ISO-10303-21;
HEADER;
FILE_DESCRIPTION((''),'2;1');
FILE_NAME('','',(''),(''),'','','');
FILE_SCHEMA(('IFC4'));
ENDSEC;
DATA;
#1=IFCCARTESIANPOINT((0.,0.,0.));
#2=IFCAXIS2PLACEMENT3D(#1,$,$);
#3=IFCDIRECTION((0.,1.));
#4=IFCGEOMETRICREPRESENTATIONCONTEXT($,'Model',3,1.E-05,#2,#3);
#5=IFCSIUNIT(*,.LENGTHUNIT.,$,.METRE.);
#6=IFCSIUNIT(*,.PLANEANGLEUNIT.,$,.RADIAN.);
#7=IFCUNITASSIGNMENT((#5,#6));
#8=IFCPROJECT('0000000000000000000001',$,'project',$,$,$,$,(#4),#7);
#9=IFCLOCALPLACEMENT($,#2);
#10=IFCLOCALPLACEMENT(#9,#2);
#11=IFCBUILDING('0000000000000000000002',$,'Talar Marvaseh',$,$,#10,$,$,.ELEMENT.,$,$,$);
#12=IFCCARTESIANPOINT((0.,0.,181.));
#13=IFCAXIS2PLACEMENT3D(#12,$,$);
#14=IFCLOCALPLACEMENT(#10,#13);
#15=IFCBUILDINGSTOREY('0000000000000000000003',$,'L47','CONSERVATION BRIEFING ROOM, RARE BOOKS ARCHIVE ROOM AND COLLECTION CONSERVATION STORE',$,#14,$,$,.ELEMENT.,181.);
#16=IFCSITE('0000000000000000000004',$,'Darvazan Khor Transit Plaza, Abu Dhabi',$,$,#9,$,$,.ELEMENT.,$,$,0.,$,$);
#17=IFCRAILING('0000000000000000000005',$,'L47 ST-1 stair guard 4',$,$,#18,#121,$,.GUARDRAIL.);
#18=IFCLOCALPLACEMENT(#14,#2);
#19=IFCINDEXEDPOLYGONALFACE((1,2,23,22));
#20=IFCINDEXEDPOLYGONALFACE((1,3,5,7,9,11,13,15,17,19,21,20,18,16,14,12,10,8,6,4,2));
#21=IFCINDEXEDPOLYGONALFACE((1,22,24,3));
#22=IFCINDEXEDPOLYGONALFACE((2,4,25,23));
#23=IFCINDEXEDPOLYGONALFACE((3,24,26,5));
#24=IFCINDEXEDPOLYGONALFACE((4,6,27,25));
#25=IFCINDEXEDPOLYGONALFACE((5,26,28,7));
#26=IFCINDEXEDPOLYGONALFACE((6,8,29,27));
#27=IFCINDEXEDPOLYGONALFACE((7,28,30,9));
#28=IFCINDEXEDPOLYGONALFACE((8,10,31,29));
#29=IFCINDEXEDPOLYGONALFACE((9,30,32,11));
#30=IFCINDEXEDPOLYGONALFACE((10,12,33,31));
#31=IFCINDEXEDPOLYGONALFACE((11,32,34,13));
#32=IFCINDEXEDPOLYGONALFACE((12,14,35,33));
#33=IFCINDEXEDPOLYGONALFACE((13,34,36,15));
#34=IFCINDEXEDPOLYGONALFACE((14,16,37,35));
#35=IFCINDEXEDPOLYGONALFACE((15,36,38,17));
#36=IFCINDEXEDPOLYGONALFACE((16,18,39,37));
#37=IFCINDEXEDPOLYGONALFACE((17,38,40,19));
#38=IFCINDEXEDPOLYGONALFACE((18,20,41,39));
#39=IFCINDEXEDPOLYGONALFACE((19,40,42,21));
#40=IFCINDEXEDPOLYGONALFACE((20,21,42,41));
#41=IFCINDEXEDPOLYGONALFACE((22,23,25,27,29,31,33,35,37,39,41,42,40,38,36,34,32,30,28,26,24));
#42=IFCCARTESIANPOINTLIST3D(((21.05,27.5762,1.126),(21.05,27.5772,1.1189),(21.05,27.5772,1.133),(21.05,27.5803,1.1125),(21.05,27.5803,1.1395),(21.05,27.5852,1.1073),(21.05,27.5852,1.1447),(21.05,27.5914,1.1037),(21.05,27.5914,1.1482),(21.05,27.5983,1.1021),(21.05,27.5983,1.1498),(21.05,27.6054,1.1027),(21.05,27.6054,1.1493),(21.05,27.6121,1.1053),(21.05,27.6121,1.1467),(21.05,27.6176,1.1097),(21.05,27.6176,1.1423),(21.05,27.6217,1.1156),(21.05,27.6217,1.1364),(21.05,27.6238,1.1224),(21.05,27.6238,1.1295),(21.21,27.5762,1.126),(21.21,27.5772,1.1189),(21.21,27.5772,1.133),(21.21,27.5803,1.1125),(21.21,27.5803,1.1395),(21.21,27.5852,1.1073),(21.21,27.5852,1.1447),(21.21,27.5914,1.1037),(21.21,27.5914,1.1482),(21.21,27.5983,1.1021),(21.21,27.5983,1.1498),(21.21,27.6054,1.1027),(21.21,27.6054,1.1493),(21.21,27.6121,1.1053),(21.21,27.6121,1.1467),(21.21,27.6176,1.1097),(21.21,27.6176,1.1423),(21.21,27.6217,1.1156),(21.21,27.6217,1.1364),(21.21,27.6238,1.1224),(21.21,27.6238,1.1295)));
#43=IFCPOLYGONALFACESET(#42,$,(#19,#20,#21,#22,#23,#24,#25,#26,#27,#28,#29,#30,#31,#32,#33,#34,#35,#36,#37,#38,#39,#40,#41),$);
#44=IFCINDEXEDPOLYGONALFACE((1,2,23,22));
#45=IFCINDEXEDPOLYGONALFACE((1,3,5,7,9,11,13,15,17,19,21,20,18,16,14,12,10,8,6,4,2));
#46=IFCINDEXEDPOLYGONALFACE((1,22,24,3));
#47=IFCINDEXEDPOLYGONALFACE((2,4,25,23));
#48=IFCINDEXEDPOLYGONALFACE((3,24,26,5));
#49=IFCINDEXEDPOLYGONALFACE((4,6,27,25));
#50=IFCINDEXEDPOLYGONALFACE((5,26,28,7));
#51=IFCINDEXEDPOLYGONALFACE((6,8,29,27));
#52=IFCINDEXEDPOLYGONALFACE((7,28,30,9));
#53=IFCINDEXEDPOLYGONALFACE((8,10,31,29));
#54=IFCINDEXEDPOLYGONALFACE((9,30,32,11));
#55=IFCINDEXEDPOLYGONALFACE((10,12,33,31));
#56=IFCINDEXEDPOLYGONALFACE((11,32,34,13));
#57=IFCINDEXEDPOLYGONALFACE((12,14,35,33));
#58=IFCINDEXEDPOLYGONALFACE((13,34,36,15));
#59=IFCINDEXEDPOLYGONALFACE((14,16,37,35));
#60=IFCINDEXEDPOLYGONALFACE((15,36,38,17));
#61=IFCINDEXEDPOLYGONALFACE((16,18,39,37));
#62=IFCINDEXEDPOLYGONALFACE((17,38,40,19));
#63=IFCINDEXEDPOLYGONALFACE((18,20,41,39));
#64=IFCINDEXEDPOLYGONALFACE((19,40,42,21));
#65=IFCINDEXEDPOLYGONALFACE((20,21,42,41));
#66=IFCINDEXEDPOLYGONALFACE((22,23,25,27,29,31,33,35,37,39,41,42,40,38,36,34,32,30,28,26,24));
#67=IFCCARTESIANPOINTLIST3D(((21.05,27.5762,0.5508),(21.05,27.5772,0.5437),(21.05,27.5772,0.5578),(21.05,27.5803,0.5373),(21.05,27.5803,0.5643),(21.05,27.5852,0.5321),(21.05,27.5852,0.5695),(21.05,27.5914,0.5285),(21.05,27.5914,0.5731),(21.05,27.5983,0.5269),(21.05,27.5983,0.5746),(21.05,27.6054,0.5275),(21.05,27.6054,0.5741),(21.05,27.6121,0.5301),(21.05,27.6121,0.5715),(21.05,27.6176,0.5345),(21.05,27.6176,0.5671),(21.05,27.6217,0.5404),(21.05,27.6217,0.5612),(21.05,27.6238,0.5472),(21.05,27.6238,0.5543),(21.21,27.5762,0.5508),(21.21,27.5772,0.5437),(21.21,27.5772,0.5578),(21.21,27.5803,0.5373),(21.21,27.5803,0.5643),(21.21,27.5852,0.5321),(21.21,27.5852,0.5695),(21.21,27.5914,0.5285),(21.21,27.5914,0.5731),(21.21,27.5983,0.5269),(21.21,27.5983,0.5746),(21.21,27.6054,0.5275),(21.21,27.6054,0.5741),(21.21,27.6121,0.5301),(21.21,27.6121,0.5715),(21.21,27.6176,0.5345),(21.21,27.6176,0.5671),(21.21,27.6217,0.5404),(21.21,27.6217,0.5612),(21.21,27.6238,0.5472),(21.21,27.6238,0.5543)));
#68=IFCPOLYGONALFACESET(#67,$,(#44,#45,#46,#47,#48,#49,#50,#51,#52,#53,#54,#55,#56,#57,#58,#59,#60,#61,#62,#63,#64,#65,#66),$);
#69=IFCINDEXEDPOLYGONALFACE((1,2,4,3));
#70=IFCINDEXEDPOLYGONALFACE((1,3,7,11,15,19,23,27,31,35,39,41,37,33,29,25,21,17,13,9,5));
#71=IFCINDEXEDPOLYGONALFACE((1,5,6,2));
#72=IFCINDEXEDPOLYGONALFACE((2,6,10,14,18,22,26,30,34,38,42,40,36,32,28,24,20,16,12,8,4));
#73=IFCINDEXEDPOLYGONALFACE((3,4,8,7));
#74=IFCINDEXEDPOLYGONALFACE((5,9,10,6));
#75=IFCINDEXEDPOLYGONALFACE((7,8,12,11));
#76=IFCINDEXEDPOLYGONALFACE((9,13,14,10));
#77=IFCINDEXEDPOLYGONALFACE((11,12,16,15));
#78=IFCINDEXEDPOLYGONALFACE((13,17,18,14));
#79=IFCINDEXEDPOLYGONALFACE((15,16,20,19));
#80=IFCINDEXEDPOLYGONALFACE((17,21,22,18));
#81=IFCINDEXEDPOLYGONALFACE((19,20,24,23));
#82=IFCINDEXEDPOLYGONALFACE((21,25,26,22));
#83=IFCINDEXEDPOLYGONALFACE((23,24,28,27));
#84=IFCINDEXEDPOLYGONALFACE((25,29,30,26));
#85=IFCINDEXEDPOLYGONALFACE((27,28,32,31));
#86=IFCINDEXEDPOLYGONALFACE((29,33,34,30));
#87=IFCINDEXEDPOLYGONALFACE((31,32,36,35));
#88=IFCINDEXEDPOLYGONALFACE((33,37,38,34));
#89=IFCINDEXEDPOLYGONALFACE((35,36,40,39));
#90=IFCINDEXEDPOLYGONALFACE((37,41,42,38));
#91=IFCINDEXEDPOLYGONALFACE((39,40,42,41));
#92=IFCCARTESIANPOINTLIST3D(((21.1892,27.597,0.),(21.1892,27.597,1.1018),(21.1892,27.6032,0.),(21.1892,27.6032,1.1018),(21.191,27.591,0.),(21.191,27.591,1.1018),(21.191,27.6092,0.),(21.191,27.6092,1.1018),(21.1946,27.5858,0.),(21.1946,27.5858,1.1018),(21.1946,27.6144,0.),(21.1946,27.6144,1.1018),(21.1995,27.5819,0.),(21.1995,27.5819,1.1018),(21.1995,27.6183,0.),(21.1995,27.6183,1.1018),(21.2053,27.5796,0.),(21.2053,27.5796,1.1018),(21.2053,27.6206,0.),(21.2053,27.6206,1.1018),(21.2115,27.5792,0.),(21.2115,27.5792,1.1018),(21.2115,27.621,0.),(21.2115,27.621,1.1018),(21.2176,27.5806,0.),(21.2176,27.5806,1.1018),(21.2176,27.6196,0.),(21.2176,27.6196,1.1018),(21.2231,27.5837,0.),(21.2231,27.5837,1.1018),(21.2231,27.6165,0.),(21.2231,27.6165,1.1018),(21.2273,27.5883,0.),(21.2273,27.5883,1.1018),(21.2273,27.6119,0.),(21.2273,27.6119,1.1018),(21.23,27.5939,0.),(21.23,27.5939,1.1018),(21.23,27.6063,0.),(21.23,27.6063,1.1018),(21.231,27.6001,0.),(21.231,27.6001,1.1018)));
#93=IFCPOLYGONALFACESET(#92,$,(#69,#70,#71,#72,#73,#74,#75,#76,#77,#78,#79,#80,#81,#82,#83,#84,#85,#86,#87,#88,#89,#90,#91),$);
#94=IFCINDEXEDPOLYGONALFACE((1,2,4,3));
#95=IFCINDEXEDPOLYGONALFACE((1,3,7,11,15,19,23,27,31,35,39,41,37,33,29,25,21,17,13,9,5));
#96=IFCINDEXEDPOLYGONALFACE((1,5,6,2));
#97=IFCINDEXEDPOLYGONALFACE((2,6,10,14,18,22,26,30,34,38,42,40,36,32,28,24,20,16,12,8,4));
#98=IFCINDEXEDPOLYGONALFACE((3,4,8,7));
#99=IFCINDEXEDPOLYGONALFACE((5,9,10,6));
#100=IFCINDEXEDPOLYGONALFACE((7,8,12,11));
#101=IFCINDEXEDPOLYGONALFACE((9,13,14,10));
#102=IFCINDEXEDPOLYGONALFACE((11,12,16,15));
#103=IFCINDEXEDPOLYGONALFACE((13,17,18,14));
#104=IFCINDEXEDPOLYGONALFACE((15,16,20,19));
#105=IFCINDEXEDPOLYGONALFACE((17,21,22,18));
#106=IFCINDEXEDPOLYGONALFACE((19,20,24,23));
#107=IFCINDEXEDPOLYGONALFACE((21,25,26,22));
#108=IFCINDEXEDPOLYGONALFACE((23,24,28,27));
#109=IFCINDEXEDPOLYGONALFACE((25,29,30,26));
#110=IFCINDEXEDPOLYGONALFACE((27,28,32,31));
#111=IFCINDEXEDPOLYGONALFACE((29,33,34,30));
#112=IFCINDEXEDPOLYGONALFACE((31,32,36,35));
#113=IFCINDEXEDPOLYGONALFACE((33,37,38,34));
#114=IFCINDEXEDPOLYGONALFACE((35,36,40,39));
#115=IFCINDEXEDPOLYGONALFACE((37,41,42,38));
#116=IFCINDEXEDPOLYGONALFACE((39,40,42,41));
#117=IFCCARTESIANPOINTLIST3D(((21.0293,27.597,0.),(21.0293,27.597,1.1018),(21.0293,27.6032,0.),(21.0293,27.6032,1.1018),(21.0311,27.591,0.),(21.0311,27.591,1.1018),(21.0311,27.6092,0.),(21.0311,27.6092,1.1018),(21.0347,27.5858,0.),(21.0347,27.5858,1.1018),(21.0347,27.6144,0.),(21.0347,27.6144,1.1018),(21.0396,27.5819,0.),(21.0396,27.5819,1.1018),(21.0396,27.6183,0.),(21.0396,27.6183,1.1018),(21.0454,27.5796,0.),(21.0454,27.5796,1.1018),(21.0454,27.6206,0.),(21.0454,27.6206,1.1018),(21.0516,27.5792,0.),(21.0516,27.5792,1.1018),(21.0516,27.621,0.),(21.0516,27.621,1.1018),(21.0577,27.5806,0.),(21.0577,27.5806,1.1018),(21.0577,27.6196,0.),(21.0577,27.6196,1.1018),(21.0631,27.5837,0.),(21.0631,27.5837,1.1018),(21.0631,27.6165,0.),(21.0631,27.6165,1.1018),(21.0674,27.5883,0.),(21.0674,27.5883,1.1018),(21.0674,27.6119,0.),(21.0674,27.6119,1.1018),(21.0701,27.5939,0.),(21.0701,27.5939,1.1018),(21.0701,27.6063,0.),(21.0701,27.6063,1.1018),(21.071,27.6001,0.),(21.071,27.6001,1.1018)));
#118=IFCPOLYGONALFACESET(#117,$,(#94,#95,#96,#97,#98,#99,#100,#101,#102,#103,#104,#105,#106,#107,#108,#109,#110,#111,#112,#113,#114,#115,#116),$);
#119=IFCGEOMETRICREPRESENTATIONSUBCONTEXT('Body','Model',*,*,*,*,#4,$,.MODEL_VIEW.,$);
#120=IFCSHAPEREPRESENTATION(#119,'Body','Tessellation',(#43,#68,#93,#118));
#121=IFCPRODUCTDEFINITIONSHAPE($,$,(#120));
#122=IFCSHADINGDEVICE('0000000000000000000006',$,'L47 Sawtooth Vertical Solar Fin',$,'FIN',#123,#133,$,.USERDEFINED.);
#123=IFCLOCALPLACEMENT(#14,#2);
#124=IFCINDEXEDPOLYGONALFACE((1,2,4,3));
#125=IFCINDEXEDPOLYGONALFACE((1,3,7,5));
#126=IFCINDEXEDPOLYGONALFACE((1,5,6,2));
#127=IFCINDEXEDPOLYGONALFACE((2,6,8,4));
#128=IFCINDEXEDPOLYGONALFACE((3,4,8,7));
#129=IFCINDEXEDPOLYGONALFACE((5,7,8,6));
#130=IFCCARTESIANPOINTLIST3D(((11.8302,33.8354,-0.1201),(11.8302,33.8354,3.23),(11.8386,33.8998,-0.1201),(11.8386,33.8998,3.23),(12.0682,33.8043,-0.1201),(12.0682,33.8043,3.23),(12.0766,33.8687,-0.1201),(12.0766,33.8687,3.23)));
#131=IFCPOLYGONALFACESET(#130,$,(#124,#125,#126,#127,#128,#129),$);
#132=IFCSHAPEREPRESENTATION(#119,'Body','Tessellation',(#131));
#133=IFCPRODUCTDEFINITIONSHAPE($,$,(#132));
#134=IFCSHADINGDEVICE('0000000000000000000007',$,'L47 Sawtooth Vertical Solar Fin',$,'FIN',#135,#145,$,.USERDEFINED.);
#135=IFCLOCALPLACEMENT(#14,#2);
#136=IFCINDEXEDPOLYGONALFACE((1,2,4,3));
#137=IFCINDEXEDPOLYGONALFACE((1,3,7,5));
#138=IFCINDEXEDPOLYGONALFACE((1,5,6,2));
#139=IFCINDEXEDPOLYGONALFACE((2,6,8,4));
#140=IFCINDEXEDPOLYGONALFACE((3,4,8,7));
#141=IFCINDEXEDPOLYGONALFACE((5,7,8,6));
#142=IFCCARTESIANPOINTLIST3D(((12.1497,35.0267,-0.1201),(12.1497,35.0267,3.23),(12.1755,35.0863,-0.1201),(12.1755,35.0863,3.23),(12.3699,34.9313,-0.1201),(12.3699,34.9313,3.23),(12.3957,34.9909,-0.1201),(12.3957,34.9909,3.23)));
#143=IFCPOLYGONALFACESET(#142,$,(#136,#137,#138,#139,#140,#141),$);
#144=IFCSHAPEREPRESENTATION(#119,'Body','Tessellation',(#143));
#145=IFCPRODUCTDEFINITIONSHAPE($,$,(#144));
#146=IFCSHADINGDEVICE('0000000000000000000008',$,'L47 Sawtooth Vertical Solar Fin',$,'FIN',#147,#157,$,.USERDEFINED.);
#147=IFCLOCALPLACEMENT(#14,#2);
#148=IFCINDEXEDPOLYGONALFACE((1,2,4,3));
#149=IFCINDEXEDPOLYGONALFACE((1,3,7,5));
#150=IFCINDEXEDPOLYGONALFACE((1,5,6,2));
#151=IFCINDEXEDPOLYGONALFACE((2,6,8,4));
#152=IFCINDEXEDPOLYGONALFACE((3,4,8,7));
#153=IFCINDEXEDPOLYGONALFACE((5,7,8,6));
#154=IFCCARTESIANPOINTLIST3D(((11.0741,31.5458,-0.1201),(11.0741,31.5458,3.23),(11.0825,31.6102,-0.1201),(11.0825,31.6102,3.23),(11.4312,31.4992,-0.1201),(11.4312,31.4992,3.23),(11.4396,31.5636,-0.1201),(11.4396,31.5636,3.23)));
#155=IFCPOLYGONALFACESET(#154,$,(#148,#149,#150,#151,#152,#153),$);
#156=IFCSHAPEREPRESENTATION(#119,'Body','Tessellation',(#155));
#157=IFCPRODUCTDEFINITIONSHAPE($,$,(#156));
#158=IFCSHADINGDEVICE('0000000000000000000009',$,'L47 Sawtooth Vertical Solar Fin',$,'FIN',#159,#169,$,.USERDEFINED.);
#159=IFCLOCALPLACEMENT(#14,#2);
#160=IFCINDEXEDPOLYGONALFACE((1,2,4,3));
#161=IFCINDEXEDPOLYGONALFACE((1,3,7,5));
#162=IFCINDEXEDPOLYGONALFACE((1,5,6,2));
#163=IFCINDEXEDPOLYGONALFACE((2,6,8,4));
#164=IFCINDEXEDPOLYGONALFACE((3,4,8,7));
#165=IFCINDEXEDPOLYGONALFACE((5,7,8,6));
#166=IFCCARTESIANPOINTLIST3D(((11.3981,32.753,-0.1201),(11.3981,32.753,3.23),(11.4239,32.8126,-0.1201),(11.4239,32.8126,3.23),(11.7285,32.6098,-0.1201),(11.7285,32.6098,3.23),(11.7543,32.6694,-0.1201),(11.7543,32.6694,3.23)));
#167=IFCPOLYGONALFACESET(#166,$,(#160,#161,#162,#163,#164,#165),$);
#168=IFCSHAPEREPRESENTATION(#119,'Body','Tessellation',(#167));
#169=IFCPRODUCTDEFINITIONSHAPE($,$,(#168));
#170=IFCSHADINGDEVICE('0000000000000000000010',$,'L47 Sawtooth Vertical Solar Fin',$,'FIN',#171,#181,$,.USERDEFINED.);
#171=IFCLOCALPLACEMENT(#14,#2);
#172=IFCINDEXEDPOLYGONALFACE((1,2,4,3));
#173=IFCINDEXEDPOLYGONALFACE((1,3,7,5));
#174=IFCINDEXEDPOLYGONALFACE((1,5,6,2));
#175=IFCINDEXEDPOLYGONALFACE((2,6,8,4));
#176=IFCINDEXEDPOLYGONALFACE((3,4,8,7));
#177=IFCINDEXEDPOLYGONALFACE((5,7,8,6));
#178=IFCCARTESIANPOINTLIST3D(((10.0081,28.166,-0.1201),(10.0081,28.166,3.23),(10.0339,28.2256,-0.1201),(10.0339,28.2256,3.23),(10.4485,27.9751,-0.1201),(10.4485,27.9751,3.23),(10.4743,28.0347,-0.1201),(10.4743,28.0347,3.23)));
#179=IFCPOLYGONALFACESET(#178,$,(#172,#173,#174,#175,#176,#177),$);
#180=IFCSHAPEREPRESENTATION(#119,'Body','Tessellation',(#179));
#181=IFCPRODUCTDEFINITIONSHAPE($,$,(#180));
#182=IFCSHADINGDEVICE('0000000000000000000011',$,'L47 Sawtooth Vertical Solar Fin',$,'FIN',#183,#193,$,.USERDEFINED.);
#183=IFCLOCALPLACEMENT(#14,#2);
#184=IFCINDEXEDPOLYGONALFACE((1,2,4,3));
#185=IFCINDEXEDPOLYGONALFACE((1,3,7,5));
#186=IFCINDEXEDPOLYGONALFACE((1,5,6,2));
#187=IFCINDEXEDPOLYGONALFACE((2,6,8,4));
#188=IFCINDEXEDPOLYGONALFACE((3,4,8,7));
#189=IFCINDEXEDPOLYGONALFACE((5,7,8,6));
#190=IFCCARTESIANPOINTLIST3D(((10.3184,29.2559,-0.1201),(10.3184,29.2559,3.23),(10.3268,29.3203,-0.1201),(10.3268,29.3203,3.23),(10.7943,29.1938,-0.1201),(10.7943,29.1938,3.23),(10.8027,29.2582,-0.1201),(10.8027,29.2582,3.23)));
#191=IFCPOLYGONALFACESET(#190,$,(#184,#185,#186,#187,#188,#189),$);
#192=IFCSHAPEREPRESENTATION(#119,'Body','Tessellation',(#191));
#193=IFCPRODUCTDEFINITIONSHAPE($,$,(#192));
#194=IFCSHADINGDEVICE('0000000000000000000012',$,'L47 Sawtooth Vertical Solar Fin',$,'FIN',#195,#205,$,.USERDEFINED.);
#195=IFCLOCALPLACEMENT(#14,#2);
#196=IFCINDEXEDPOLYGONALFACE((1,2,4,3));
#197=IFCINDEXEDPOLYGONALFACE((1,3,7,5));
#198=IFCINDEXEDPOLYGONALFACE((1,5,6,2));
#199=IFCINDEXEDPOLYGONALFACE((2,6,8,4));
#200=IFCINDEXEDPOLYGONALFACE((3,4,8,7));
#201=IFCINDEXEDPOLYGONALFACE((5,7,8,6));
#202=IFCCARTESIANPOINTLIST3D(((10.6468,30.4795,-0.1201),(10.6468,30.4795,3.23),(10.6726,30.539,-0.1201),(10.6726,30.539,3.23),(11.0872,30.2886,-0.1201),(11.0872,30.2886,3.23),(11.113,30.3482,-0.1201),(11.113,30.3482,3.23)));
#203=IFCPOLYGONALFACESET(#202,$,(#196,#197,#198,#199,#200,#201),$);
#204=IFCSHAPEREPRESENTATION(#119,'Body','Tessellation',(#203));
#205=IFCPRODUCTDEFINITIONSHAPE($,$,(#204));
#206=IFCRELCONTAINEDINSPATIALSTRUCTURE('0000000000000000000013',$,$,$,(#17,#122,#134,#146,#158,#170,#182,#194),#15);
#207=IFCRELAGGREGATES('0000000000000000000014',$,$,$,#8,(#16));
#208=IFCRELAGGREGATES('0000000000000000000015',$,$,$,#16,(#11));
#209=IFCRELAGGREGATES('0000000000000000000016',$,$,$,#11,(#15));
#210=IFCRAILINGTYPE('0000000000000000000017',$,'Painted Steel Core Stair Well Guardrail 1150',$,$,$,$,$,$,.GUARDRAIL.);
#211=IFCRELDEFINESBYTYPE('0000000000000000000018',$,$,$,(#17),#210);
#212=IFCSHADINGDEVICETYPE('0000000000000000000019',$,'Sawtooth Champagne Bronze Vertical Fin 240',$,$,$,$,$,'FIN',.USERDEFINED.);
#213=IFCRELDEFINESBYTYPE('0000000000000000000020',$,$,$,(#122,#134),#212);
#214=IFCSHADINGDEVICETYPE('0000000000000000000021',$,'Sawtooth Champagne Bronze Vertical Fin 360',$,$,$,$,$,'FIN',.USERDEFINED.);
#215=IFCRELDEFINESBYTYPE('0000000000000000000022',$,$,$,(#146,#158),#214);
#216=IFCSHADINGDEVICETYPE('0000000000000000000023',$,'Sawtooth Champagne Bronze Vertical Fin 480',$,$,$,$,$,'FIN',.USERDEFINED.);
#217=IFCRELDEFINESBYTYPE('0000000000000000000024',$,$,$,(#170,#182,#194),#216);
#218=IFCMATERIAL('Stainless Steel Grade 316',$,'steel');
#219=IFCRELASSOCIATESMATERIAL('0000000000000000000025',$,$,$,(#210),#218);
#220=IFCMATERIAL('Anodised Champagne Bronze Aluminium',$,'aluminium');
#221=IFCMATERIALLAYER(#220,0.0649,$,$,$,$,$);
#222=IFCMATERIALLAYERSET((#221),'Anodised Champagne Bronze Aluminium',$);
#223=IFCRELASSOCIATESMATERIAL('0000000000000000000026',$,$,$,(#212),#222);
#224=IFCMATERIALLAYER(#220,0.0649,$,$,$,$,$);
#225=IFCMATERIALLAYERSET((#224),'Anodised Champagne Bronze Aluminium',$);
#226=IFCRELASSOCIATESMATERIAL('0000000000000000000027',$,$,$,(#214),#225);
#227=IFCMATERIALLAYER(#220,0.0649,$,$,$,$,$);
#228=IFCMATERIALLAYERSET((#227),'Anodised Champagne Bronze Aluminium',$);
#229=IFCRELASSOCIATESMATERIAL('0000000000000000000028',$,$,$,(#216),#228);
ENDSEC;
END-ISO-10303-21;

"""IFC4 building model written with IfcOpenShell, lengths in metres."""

from ifc_helpers import new_model, si_unit, direction, frame, origin, origin_2d, place, context, subcontext, project, spatial, rectangle, circle, extrude, source, transform, mapped, material, layer, layer_set, type_object, type_shapes, element, save


model = new_model("IFC4")

# Units and contexts
model_context = context("Model", 3, precision=1e-05, world=origin(), true_north=direction((0.0, 1.0)))
body_context = subcontext(model_context, "Body", "Model", "MODEL_VIEW")
ifc_project = project(units=[si_unit("LENGTHUNIT", "METRE"), si_unit("PLANEANGLEUNIT", "RADIAN")], contexts=[model_context])

# Site, building, storey
site_placement = place(None, origin())
site = spatial("IfcSite", under=ifc_project, at=site_placement, Name="Darvazan Khor Transit Plaza, Abu Dhabi", CompositionType="ELEMENT", RefElevation=0.0)
building_placement = place(site_placement, origin())
building = spatial("IfcBuilding", under=site, at=building_placement, Name="Talar Marvaseh", CompositionType="ELEMENT")
storey_placement = place(building_placement, frame((0.0, 0.0, 181.0)))
storey = spatial("IfcBuildingStorey", under=building, at=storey_placement, Name="L47", Description="CONSERVATION BRIEFING ROOM, RARE BOOKS ARCHIVE ROOM AND COLLECTION CONSERVATION STORE", CompositionType="ELEMENT", Elevation=181.0)

# Railing
ifc_material_1 = material(Name="Stainless Steel Grade 316", Category="steel")
railing_type_1 = type_object("IfcRailingType", Name="Painted Steel Core Stair Well Guardrail 1150", PredefinedType="GUARDRAIL", material=ifc_material_1)
railing_1_placement = place(storey_placement, frame((21.21, 27.6001, 0.0)))
element("IfcRailing", 1, at=railing_1_placement, inside=storey, type_object=railing_type_1, Name="L47 ST-1 stair guard 4", PredefinedType="GUARDRAIL", context=body_context, shape_type="SweptSolid", body=[
    extrude(circle(Radius=0.0239, at=origin_2d()), frame((0.0, 0.0, 1.126), z_axis=(-1.0, 0.0, 0.0), x_axis=(0.0, -1.0, 0.0)), (0.0, 0.0, 1.0), 0.1599),
    extrude(circle(Radius=0.0239, at=origin_2d()), frame((0.0, 0.0, 0.5508), z_axis=(-1.0, 0.0, 0.0), x_axis=(0.0, -1.0, 0.0)), (0.0, 0.0, 1.0), 0.1599),
    extrude(circle(Radius=0.021, at=origin_2d()), origin(), (0.0, 0.0, 1.0), 1.1018),
    extrude(circle(Radius=0.021, at=origin_2d()), frame((-0.1599, 0.0, 0.0)), (0.0, 0.0, 1.0), 1.1018),
])

# Shading devices
ifc_material_2 = material(Name="Anodised Champagne Bronze Aluminium", Category="aluminium")
ifc_layer_1 = layer(ifc_material_2, 0.0649)
ifc_layer_set_1 = layer_set([ifc_layer_1], Name="Anodised Champagne Bronze Aluminium")
shading_device_type_1 = type_object("IfcShadingDeviceType", Name="Sawtooth Champagne Bronze Vertical Fin 240", ElementType="FIN", PredefinedType="USERDEFINED", material=ifc_layer_set_1)
shared_shape_1 = source(origin(), body_context, "Body", "SweptSolid", [
    extrude(rectangle(XDim=0.24, YDim=0.0649, at=origin_2d()), origin(), (0.0, 0.0, 1.0), 3.3501),
])
type_shapes(shading_device_type_1, [shared_shape_1])
for number, where, z_axis, x_axis, name in (
    (2, (11.9534, 33.8521, -0.1201), (0.0, 0.0, 1.0), (-0.991604, 0.129315, 0.0), "L47 Sawtooth Vertical Solar Fin"),
    (3, (12.2727, 35.0088, -0.1201), (0.0, 0.0, 1.0), (-0.917547, 0.397628, 0.0), "L47 Sawtooth Vertical Solar Fin"),
):
    element("IfcShadingDevice", number, at=place(storey_placement, frame(where, z_axis=z_axis, x_axis=x_axis)), inside=storey, type_object=shading_device_type_1, Name=name, ObjectType="FIN", PredefinedType="USERDEFINED", context=body_context, shape_type="MappedRepresentation", body=[
        mapped(shared_shape_1, transform((0.0, 0.0, 0.0), x_axis=(1.0, 0.0, 0.0), y_axis=(0.0, 1.0, 0.0), z_axis=(0.0, 0.0, 1.0), scale=1.0)),
    ])
ifc_layer_2 = layer(ifc_material_2, 0.0649)
ifc_layer_set_2 = layer_set([ifc_layer_2], Name="Anodised Champagne Bronze Aluminium")
shading_device_type_2 = type_object("IfcShadingDeviceType", Name="Sawtooth Champagne Bronze Vertical Fin 360", ElementType="FIN", PredefinedType="USERDEFINED", material=ifc_layer_set_2)
shared_shape_2 = source(origin(), body_context, "Body", "SweptSolid", [
    extrude(rectangle(XDim=0.3601, YDim=0.0649, at=origin_2d()), origin(), (0.0, 0.0, 1.0), 3.3501),
])
type_shapes(shading_device_type_2, [shared_shape_2])
for number, where, z_axis, x_axis, name in (
    (4, (11.2568, 31.5547, -0.1201), (0.0, 0.0, 1.0), (-0.991604, 0.129315, 0.0), "L47 Sawtooth Vertical Solar Fin"),
    (5, (11.5762, 32.7112, -0.1201), (0.0, 0.0, 1.0), (-0.917547, 0.397628, 0.0), "L47 Sawtooth Vertical Solar Fin"),
):
    element("IfcShadingDevice", number, at=place(storey_placement, frame(where, z_axis=z_axis, x_axis=x_axis)), inside=storey, type_object=shading_device_type_2, Name=name, ObjectType="FIN", PredefinedType="USERDEFINED", context=body_context, shape_type="MappedRepresentation", body=[
        mapped(shared_shape_2, transform((0.0, 0.0, 0.0), x_axis=(1.0, 0.0, 0.0), y_axis=(0.0, 1.0, 0.0), z_axis=(0.0, 0.0, 1.0), scale=1.0)),
    ])
ifc_layer_3 = layer(ifc_material_2, 0.0649)
ifc_layer_set_3 = layer_set([ifc_layer_3], Name="Anodised Champagne Bronze Aluminium")
shading_device_type_3 = type_object("IfcShadingDeviceType", Name="Sawtooth Champagne Bronze Vertical Fin 480", ElementType="FIN", PredefinedType="USERDEFINED", material=ifc_layer_set_3)
shared_shape_3 = source(origin(), body_context, "Body", "SweptSolid", [
    extrude(rectangle(XDim=0.48, YDim=0.0649, at=origin_2d()), origin(), (0.0, 0.0, 1.0), 3.3501),
])
type_shapes(shading_device_type_3, [shared_shape_3])
for number, where, z_axis, x_axis, name in (
    (6, (10.2412, 28.1003, -0.1201), (0.0, 0.0, 1.0), (-0.917547, 0.397628, 0.0), "L47 Sawtooth Vertical Solar Fin"),
    (7, (10.5605, 29.2571, -0.1201), (0.0, 0.0, 1.0), (-0.991604, 0.129315, 0.0), "L47 Sawtooth Vertical Solar Fin"),
    (8, (10.8799, 30.4138, -0.1201), (0.0, 0.0, 1.0), (-0.917547, 0.397628, 0.0), "L47 Sawtooth Vertical Solar Fin"),
):
    element("IfcShadingDevice", number, at=place(storey_placement, frame(where, z_axis=z_axis, x_axis=x_axis)), inside=storey, type_object=shading_device_type_3, Name=name, ObjectType="FIN", PredefinedType="USERDEFINED", context=body_context, shape_type="MappedRepresentation", body=[
        mapped(shared_shape_3, transform((0.0, 0.0, 0.0), x_axis=(1.0, 0.0, 0.0), y_axis=(0.0, 1.0, 0.0), z_axis=(0.0, 0.0, 1.0), scale=1.0)),
    ])

save(model, "model.ifc")
